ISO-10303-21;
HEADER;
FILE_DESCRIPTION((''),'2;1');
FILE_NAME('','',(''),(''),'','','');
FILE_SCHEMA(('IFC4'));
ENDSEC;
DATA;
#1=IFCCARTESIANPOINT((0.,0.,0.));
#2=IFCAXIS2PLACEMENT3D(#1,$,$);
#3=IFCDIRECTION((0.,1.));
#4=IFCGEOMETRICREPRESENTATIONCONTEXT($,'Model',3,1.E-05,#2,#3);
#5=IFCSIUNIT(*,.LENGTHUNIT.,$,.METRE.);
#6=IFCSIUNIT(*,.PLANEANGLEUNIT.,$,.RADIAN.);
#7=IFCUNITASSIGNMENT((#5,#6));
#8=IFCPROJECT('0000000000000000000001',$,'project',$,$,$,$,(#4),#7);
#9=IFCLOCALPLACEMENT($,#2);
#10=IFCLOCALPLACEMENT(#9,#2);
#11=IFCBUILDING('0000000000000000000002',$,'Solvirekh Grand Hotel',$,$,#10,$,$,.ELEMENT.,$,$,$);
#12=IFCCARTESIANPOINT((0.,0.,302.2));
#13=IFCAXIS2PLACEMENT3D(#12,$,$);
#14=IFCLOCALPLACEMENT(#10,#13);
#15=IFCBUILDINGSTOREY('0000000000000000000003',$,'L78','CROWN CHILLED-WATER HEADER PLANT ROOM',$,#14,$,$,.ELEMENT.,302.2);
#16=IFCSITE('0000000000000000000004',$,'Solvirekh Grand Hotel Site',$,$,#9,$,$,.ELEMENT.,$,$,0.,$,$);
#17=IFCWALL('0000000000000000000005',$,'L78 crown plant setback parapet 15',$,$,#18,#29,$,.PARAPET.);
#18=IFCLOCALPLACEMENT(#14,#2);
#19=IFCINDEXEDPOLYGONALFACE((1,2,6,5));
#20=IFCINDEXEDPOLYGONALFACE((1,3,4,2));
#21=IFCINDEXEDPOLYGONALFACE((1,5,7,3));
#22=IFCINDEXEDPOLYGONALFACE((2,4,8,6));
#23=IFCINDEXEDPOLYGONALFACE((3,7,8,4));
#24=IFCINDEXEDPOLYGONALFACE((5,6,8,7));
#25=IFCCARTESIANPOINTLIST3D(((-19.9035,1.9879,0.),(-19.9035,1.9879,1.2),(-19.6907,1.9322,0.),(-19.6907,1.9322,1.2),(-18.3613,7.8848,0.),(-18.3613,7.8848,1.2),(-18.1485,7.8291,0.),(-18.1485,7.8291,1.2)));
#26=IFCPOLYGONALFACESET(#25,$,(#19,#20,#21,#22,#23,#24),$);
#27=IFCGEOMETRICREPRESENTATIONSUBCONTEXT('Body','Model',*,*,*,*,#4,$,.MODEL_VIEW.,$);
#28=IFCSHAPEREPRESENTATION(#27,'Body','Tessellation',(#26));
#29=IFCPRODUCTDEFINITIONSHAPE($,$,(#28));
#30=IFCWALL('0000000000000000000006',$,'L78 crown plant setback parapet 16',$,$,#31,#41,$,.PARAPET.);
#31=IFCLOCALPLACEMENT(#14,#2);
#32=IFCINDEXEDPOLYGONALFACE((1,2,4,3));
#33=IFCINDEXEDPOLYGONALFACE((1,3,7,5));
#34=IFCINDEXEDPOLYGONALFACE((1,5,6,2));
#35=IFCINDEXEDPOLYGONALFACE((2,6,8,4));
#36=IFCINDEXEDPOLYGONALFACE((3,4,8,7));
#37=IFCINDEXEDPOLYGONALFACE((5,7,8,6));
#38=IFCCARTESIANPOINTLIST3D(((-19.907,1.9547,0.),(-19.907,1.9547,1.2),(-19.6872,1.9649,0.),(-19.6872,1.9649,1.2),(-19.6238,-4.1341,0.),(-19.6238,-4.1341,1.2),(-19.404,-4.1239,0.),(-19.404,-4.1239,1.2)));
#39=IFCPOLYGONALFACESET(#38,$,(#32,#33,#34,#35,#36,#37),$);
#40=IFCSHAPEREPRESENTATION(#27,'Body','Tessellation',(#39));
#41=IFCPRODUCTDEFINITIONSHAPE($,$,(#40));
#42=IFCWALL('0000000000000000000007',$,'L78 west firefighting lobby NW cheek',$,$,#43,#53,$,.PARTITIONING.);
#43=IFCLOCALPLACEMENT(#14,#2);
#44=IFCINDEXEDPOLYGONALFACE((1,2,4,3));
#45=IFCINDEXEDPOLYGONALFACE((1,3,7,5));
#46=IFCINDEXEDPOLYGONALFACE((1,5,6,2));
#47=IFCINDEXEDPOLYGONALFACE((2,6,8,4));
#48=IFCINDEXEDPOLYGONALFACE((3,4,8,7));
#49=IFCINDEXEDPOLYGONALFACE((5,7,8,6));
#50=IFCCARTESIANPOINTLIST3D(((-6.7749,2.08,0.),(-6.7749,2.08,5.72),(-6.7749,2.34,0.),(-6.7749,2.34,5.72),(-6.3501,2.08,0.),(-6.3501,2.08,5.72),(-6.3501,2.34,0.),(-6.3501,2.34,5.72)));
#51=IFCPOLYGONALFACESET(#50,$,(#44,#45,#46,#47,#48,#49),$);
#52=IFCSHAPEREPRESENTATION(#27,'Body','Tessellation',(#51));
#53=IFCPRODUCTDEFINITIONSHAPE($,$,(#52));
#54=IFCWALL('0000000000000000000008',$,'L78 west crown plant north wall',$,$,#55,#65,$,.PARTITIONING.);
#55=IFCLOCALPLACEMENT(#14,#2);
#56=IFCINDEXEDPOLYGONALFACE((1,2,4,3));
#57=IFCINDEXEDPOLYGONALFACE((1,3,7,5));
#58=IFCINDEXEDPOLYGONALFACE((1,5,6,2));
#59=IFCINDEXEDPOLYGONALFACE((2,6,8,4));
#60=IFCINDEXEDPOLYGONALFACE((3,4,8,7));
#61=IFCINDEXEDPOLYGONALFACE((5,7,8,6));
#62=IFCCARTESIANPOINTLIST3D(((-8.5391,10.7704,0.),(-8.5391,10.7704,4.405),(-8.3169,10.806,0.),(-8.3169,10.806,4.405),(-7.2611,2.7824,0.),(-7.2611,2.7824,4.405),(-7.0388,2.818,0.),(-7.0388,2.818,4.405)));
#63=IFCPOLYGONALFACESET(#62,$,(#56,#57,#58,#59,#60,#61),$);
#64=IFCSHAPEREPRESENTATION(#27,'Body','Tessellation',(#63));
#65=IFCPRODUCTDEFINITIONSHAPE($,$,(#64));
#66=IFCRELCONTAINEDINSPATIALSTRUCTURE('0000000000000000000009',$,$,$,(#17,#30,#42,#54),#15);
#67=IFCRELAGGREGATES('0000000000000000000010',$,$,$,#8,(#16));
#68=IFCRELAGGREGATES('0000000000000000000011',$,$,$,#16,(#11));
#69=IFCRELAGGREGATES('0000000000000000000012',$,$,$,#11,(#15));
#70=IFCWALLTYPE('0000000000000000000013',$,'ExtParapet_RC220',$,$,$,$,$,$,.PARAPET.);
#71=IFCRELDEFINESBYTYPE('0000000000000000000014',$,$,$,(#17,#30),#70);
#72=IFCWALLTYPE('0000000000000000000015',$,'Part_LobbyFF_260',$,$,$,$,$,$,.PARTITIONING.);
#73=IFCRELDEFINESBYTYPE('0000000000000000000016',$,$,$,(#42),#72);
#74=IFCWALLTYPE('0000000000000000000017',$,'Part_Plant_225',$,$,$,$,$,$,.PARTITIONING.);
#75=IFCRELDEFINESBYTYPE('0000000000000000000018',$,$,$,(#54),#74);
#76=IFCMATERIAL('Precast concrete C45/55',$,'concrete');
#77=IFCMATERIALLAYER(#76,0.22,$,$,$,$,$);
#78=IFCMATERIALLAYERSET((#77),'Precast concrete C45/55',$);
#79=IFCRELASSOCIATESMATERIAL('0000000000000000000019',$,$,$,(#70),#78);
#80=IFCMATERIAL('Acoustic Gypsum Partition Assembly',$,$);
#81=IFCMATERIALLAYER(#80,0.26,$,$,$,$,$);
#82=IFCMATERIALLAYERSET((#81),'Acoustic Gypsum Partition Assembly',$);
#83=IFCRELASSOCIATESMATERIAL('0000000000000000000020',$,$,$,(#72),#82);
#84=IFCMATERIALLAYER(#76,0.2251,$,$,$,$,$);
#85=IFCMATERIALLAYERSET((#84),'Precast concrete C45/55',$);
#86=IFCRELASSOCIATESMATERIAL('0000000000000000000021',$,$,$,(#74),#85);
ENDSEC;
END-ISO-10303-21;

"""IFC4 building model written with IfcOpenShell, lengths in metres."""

from ifc_helpers import new_model, si_unit, direction, frame, frame_2d, origin, place, context, subcontext, project, spatial, rectangle, extrude, material, layer, layer_set, type_object, element, save


model = new_model("IFC4")

# Units and contexts
model_context = context("Model", 3, precision=1e-05, world=origin(), true_north=direction((0.0, 1.0)))
body_context = subcontext(model_context, "Body", "Model", "MODEL_VIEW")
ifc_project = project(units=[si_unit("LENGTHUNIT", "METRE"), si_unit("PLANEANGLEUNIT", "RADIAN")], contexts=[model_context])

# Site, building, storey
site_placement = place(None, origin())
site = spatial("IfcSite", under=ifc_project, at=site_placement, Name="Solvirekh Grand Hotel Site", CompositionType="ELEMENT", RefElevation=0.0)
building_placement = place(site_placement, origin())
building = spatial("IfcBuilding", under=site, at=building_placement, Name="Solvirekh Grand Hotel", CompositionType="ELEMENT")
storey_placement = place(building_placement, frame((0.0, 0.0, 302.2)))
storey = spatial("IfcBuildingStorey", under=building, at=storey_placement, Name="L78", Description="CROWN CHILLED-WATER HEADER PLANT ROOM", CompositionType="ELEMENT", Elevation=302.2)

# Shared definitions
ifc_material_1 = material(Name="Precast concrete C45/55", Category="concrete")

# Walls
ifc_layer_1 = layer(ifc_material_1, 0.22)
ifc_layer_set_1 = layer_set([ifc_layer_1], Name="Precast concrete C45/55")
wall_type_1 = type_object("IfcWallType", Name="ExtParapet_RC220", PredefinedType="PARAPET", material=ifc_layer_set_1)
wall_1_placement = place(storey_placement, frame((-18.2549, 7.8569, 0.0), z_axis=(0.0, 0.0, 1.0), x_axis=(-0.25302, -0.967461, 0.0)))
element("IfcWall", 1, at=wall_1_placement, inside=storey, type_object=wall_type_1, Name="L78 crown plant setback parapet 15", PredefinedType="PARAPET", context=body_context, shape_type="SweptSolid", body=[
    extrude(rectangle(XDim=6.0952, YDim=0.22, at=frame_2d((3.0476, 0.0))), origin(), (0.0, 0.0, 1.0), 1.2),
])
wall_2_placement = place(storey_placement, frame((-19.7971, 1.96, 0.0), z_axis=(0.0, 0.0, 1.0), x_axis=(0.046461, -0.99892, 0.0)))
element("IfcWall", 2, at=wall_2_placement, inside=storey, type_object=wall_type_1, Name="L78 crown plant setback parapet 16", PredefinedType="PARAPET", context=body_context, shape_type="SweptSolid", body=[
    extrude(rectangle(XDim=6.0955, YDim=0.22, at=frame_2d((3.0479, 0.0))), origin(), (0.0, 0.0, 1.0), 1.2),
])
ifc_material_2 = material(Name="Acoustic Gypsum Partition Assembly")
ifc_layer_2 = layer(ifc_material_2, 0.26)
ifc_layer_set_2 = layer_set([ifc_layer_2], Name="Acoustic Gypsum Partition Assembly")
wall_type_2 = type_object("IfcWallType", Name="Part_LobbyFF_260", PredefinedType="PARTITIONING", material=ifc_layer_set_2)
wall_3_placement = place(storey_placement, frame((-6.7749, 2.21, 0.0), z_axis=(0.0, 0.0, 1.0), x_axis=(1.0, 0.0, 0.0)))
element("IfcWall", 3, at=wall_3_placement, inside=storey, type_object=wall_type_2, Name="L78 west firefighting lobby NW cheek", PredefinedType="PARTITIONING", context=body_context, shape_type="SweptSolid", body=[
    extrude(rectangle(XDim=0.4248, YDim=0.26, at=frame_2d((0.2124, 0.0))), origin(), (0.0, 0.0, 1.0), 5.72),
])
ifc_layer_3 = layer(ifc_material_1, 0.2251)
ifc_layer_set_3 = layer_set([ifc_layer_3], Name="Precast concrete C45/55")
wall_type_3 = type_object("IfcWallType", Name="Part_Plant_225", PredefinedType="PARTITIONING", material=ifc_layer_set_3)
wall_4_placement = place(storey_placement, frame((-7.1499, 2.8, 0.0), z_axis=(0.0, 0.0, 1.0), x_axis=(-0.157989, 0.987441, 0.0)))
element("IfcWall", 4, at=wall_4_placement, inside=storey, type_object=wall_type_3, Name="L78 west crown plant north wall", PredefinedType="PARTITIONING", context=body_context, shape_type="SweptSolid", body=[
    extrude(rectangle(XDim=8.0896, YDim=0.2251, at=frame_2d((4.0449, 0.0))), origin(), (0.0, 0.0, 1.0), 4.405),
])

save(model, "model.ifc")
